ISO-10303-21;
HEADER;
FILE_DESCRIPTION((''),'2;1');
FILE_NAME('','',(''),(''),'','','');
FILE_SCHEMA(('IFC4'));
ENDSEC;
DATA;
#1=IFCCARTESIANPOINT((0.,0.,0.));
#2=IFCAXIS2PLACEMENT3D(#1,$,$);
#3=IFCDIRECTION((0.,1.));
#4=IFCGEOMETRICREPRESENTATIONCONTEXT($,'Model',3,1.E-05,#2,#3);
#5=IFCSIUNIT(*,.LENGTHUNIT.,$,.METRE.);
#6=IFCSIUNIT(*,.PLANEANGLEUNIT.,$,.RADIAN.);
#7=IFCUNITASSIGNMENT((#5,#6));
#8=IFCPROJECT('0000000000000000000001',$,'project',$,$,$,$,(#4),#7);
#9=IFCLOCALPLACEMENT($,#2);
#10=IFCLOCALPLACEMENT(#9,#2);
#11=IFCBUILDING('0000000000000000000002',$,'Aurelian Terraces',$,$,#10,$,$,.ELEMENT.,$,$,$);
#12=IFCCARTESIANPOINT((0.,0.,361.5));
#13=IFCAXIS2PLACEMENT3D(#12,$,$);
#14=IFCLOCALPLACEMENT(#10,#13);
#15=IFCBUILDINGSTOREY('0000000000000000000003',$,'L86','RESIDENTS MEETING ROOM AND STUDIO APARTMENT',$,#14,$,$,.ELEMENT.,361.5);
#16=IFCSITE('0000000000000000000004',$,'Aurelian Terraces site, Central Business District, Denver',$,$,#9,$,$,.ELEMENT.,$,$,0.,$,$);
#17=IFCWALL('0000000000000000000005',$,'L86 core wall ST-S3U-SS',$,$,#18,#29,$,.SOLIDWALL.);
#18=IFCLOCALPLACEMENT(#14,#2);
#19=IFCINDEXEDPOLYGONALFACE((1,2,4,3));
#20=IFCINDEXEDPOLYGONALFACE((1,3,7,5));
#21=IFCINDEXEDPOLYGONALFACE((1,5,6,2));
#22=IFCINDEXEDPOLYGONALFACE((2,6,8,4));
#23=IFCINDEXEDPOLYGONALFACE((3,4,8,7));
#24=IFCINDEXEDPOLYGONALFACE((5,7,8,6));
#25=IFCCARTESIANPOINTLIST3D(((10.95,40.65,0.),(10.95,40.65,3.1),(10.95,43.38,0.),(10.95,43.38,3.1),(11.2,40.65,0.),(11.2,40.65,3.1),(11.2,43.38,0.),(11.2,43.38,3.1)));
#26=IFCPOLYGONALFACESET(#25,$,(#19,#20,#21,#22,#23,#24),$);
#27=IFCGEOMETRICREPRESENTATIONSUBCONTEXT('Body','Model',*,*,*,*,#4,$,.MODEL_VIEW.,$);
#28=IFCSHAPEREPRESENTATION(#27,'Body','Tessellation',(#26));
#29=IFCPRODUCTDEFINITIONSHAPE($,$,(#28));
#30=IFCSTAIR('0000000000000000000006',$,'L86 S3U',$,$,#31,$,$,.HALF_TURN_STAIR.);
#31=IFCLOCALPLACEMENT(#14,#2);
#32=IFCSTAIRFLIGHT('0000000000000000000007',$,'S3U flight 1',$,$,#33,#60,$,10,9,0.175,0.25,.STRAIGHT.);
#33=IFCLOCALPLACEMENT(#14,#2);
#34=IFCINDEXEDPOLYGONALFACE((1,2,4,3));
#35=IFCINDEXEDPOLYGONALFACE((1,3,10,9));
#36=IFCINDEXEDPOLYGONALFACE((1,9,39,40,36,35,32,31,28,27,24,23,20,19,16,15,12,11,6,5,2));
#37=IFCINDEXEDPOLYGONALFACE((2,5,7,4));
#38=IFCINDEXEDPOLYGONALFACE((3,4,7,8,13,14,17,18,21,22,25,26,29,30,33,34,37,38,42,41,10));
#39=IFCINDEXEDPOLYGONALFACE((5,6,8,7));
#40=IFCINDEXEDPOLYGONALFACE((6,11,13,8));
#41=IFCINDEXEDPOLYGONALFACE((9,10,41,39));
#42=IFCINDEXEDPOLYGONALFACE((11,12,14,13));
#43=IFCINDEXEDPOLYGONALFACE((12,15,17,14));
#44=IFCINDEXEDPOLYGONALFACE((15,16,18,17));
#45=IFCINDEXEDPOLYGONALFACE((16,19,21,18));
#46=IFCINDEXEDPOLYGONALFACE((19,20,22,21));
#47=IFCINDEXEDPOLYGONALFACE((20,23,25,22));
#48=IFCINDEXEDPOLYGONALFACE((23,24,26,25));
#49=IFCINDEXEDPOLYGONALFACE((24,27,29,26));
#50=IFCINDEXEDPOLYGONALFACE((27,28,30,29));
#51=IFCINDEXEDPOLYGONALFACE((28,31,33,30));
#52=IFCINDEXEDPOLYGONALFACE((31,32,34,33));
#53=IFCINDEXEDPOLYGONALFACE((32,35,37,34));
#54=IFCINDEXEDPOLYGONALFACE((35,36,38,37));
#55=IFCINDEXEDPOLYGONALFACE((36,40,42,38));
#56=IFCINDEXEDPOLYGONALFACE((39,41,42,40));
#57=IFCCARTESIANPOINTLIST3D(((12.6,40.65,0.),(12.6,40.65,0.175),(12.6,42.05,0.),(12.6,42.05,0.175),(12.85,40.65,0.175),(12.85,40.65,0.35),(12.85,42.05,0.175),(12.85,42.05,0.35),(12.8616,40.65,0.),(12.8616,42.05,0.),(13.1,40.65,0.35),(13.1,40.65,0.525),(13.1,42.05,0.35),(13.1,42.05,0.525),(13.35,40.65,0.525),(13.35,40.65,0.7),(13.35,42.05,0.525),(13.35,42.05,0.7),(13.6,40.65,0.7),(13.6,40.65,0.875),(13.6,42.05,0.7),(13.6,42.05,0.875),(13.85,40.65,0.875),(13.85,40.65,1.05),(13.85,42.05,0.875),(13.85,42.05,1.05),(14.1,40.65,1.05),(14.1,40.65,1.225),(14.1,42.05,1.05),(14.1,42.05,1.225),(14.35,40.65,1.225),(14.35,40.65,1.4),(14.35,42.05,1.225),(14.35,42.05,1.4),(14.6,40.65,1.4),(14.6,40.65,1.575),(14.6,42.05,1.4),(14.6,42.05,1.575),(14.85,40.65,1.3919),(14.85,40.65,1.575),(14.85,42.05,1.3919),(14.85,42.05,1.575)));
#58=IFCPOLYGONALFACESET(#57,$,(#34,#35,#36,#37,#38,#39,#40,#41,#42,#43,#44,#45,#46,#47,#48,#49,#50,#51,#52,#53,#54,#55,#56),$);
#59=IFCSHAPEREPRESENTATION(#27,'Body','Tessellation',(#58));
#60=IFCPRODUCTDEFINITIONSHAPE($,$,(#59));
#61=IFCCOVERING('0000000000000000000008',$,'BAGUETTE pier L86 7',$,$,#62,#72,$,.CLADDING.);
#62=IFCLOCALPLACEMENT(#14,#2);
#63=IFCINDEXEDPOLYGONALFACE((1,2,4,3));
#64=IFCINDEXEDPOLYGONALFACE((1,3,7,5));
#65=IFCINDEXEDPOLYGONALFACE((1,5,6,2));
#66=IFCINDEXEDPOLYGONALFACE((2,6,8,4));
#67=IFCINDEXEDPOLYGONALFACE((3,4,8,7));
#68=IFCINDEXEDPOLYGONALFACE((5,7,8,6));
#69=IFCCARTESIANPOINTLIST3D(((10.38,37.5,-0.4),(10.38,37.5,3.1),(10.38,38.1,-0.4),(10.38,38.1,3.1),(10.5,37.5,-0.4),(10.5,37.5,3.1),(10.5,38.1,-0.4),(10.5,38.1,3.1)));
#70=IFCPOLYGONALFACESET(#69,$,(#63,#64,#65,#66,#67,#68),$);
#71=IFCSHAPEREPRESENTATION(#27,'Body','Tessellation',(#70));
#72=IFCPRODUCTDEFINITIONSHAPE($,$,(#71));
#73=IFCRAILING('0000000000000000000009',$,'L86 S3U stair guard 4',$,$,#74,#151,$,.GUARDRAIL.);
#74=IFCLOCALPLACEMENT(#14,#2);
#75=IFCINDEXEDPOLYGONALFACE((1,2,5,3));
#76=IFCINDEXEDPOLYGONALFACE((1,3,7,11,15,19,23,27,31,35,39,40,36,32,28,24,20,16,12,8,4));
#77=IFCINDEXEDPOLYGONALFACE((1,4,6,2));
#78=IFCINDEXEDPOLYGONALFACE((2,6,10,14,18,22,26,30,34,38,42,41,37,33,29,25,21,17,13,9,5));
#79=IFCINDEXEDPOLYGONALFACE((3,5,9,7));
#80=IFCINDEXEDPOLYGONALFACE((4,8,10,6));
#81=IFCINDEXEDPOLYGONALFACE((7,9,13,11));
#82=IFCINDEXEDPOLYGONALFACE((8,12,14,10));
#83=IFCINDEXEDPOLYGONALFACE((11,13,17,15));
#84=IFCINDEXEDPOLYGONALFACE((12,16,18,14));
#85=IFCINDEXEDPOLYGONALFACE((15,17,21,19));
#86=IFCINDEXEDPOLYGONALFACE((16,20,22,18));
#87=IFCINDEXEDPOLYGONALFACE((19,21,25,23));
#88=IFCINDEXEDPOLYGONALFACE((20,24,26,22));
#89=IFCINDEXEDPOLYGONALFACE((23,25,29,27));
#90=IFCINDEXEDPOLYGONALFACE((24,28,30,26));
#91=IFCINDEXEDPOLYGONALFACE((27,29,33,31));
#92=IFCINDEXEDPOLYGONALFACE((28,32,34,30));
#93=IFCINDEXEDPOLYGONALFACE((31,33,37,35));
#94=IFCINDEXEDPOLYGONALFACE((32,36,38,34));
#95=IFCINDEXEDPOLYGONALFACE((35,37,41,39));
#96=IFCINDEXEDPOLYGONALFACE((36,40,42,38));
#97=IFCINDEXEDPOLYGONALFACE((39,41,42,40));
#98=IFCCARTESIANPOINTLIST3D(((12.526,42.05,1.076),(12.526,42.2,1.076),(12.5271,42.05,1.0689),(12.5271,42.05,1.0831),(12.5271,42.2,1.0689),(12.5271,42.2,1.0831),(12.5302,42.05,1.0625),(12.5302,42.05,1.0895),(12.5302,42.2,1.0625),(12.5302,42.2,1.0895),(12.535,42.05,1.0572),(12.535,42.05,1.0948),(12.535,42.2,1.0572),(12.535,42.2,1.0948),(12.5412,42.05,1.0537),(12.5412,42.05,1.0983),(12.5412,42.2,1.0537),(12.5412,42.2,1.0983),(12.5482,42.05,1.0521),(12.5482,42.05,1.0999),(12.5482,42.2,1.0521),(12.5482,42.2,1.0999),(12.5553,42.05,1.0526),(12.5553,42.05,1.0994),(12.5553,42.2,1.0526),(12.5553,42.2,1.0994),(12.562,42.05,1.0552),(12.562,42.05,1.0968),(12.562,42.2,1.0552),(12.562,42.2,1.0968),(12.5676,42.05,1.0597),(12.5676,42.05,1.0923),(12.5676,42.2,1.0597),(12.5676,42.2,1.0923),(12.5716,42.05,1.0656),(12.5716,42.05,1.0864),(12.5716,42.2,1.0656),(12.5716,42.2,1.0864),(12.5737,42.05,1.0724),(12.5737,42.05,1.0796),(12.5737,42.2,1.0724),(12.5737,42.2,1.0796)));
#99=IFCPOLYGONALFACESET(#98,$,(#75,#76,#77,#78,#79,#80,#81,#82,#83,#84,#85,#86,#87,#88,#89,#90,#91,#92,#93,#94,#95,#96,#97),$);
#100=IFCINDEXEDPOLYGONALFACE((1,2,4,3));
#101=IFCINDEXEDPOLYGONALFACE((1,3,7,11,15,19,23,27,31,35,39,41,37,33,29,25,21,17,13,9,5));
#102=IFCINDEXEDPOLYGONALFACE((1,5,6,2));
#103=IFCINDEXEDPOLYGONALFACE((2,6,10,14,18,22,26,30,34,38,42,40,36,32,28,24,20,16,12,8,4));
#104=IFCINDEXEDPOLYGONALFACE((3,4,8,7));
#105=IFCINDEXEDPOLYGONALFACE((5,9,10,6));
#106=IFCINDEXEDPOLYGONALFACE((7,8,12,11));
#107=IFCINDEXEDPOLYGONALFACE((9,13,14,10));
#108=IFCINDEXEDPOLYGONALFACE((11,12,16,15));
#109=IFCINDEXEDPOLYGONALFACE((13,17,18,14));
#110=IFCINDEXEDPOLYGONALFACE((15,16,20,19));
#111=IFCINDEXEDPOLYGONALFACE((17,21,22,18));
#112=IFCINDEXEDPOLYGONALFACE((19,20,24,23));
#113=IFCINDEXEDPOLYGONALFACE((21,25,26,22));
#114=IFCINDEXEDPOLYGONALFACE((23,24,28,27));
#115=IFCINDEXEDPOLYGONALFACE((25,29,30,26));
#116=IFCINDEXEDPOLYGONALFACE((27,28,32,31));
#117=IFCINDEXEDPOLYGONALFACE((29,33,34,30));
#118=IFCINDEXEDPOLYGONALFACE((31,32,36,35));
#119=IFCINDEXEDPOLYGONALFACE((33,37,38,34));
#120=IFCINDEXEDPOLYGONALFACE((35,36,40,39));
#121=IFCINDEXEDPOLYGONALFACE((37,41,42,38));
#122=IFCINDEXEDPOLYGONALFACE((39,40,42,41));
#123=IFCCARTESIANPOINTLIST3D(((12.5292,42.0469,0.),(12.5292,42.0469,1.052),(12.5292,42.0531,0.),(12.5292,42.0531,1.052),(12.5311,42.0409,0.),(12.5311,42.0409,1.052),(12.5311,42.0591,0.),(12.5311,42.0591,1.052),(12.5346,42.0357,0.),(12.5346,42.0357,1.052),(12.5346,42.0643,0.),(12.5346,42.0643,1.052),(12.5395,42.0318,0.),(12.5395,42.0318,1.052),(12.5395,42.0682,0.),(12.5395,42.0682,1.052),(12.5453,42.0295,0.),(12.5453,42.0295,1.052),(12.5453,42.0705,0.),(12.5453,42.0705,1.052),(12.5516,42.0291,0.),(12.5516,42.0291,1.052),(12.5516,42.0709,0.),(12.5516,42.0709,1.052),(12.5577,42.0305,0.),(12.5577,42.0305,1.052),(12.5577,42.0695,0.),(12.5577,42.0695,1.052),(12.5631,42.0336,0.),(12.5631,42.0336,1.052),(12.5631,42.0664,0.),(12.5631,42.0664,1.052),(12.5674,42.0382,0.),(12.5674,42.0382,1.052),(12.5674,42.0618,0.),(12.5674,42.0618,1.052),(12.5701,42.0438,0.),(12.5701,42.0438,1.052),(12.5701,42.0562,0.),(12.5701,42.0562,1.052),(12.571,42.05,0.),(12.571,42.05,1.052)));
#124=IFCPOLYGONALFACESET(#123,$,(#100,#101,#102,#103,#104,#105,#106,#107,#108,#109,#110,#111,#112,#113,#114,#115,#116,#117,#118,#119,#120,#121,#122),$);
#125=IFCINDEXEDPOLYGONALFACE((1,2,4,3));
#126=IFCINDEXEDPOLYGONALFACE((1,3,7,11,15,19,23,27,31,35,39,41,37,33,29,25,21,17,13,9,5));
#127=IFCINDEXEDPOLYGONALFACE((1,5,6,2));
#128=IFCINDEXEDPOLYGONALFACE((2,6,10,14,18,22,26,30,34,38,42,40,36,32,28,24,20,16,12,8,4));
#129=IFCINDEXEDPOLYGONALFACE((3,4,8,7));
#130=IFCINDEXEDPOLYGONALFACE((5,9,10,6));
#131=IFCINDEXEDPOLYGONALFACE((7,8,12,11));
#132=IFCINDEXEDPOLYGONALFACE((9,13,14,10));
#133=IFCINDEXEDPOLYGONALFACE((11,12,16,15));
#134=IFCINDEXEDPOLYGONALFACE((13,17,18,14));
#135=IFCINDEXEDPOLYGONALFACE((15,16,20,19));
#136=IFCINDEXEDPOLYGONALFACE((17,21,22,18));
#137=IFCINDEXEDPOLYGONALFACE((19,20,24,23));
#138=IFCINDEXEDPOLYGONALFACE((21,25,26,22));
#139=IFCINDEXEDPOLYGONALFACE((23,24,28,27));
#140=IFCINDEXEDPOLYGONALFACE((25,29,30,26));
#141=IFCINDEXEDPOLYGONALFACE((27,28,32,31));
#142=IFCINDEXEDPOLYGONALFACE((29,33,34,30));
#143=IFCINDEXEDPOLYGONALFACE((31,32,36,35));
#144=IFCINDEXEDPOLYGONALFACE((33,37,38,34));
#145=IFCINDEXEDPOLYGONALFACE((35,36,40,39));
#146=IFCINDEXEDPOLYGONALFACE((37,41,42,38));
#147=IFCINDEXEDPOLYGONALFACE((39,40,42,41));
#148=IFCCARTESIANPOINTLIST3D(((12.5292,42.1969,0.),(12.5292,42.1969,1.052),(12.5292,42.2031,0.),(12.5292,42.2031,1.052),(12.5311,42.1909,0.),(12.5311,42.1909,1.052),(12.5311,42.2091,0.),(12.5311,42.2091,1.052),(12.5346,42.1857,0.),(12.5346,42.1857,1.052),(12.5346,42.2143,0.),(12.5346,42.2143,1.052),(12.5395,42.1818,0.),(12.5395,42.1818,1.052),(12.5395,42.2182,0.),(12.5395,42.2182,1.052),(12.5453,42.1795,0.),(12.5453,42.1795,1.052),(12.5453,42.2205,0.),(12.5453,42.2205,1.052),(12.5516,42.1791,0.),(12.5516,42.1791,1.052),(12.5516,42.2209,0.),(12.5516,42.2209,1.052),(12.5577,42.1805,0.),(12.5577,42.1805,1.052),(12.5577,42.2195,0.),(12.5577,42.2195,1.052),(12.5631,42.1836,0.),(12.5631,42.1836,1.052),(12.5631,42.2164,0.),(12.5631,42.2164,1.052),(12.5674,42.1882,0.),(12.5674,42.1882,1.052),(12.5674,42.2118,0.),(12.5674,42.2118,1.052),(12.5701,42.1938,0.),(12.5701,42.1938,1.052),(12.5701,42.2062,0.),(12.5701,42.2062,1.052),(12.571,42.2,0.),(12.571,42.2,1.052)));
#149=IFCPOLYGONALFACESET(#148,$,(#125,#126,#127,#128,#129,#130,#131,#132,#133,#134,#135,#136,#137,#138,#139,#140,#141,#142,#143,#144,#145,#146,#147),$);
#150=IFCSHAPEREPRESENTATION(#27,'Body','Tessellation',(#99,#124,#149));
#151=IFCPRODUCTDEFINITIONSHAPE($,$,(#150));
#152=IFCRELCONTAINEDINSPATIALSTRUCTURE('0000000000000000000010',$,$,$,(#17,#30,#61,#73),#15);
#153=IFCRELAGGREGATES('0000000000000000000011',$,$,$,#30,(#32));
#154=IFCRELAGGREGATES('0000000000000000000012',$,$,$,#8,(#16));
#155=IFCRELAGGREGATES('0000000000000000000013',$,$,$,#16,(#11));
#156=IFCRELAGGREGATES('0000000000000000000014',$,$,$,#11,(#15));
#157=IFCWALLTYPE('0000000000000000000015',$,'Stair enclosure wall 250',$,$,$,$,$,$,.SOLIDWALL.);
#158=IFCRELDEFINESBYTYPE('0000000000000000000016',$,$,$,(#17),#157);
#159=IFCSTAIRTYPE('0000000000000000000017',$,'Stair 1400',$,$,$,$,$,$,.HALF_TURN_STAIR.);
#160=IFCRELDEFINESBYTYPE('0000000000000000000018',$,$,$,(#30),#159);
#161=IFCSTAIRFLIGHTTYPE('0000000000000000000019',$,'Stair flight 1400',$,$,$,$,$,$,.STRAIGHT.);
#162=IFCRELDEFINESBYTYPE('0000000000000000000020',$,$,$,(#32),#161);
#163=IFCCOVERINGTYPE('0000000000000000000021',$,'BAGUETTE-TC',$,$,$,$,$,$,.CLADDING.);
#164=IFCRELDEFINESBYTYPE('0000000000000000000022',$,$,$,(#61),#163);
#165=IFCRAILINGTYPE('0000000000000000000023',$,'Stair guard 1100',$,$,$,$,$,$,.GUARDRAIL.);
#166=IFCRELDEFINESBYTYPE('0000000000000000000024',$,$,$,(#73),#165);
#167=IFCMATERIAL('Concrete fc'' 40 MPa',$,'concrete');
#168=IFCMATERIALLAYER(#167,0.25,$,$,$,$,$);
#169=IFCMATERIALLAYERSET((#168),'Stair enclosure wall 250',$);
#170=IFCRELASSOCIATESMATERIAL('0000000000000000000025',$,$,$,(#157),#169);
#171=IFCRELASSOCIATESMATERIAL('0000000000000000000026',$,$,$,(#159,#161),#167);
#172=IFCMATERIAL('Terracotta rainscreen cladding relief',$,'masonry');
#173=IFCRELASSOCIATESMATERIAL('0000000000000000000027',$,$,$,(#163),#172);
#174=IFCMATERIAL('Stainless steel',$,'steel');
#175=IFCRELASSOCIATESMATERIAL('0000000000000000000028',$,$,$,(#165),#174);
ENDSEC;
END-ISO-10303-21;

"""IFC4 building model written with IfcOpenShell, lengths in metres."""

from ifc_helpers import new_model, si_unit, direction, frame, frame_2d, origin, origin_2d, place, context, subcontext, project, spatial, polyline, rectangle, circle, outline, extrude, source, transform, mapped, material, layer, layer_set, type_object, element, aggregate, save


model = new_model("IFC4")

# Units and contexts
model_context = context("Model", 3, precision=1e-05, world=origin(), true_north=direction((0.0, 1.0)))
body_context = subcontext(model_context, "Body", "Model", "MODEL_VIEW")
ifc_project = project(units=[si_unit("LENGTHUNIT", "METRE"), si_unit("PLANEANGLEUNIT", "RADIAN")], contexts=[model_context])

# Site, building, storey
site_placement = place(None, origin())
site = spatial("IfcSite", under=ifc_project, at=site_placement, Name="Aurelian Terraces site, Central Business District, Denver", CompositionType="ELEMENT", RefElevation=0.0)
building_placement = place(site_placement, origin())
building = spatial("IfcBuilding", under=site, at=building_placement, Name="Aurelian Terraces", CompositionType="ELEMENT")
storey_placement = place(building_placement, frame((0.0, 0.0, 361.5)))
storey = spatial("IfcBuildingStorey", under=building, at=storey_placement, Name="L86", Description="RESIDENTS MEETING ROOM AND STUDIO APARTMENT", CompositionType="ELEMENT", Elevation=361.5)

# Shared definitions
ifc_material_1 = material(Name="Concrete fc' 40 MPa", Category="concrete")

# Shared definitions
ifc_layer_1 = layer(ifc_material_1, 0.25)
ifc_layer_set_1 = layer_set([ifc_layer_1], Name="Stair enclosure wall 250")
wall_type_1 = type_object("IfcWallType", Name="Stair enclosure wall 250", PredefinedType="SOLIDWALL", material=ifc_layer_set_1)

# Wall
shared_shape_1 = source(origin(), body_context, "Body", "SweptSolid", [
    extrude(rectangle(XDim=2.73, YDim=0.25, at=frame_2d((1.365, 0.0))), origin(), (0.0, 0.0, 1.0), 3.1),
])
wall_1_placement = place(storey_placement, frame((11.075, 40.65, 0.0), z_axis=(0.0, 0.0, 1.0), x_axis=(0.0, 1.0, 0.0)))
element("IfcWall", 1, at=wall_1_placement, inside=storey, type_object=wall_type_1, Name="L86 core wall ST-S3U-SS", PredefinedType="SOLIDWALL", context=body_context, shape_type="MappedRepresentation", body=[
    mapped(shared_shape_1, transform((0.0, 0.0, 0.0), scale=1.0)),
])

# Stair, stair flight
stair_type = type_object("IfcStairType", Name="Stair 1400", PredefinedType="HALF_TURN_STAIR", material=ifc_material_1)
stair_placement = place(storey_placement, origin())
stair = element("IfcStair", 2, at=stair_placement, inside=storey, type_object=stair_type, Name="L86 S3U", PredefinedType="HALF_TURN_STAIR")
stair_flight_type = type_object("IfcStairFlightType", Name="Stair flight 1400", PredefinedType="STRAIGHT", material=ifc_material_1)
shared_shape_2 = source(origin(), body_context, "Body", "SweptSolid", [
    extrude(outline(polyline([(0.0, 0.0), (0.0, 0.175), (0.25, 0.175), (0.25, 0.35), (0.5, 0.35), (0.5, 0.525), (0.75, 0.525), (0.75, 0.7), (1.0, 0.7), (1.0, 0.875), (1.25, 0.875), (1.25, 1.05), (1.5, 1.05), (1.5, 1.225), (1.75, 1.225), (1.75, 1.4), (2.0, 1.4), (2.0, 1.575), (2.25, 1.575), (2.25, 1.75), (2.25, 1.3919), (0.2616, 0.0), (0.0, 0.0)])), frame((0.0, 0.7, 0.0), z_axis=(0.0, -1.0, 0.0), x_axis=(1.0, 0.0, 0.0)), (0.0, 0.0, 1.0), 1.4),
])
stair_flight_placement = place(storey_placement, frame((12.6, 41.35, 0.0), z_axis=(0.0, 0.0, 1.0), x_axis=(1.0, 0.0, 0.0)))
stair_flight = element("IfcStairFlight", 3, at=stair_flight_placement, type_object=stair_flight_type, Name="S3U flight 1", NumberOfRisers=10, NumberOfTreads=9, PredefinedType="STRAIGHT", RiserHeight=0.175, TreadLength=0.25, context=body_context, shape_type="MappedRepresentation", body=[
    mapped(shared_shape_2, transform((0.0, 0.0, 0.0), scale=1.0)),
])
aggregate(stair, [stair_flight])

# Covering
ifc_material_2 = material(Name="Terracotta rainscreen cladding relief", Category="masonry")
covering_type = type_object("IfcCoveringType", Name="BAGUETTE-TC", PredefinedType="CLADDING", material=ifc_material_2)
shared_shape_3 = source(origin(), body_context, "Body", "SweptSolid", [
    extrude(rectangle(XDim=0.12, YDim=0.6, at=origin_2d()), origin(), (0.0, 0.0, 1.0), 3.5),
])
covering_placement = place(storey_placement, frame((10.44, 37.8, -0.4), z_axis=(0.0, 0.0, 1.0), x_axis=(1.0, 0.0, 0.0)))
element("IfcCovering", 4, at=covering_placement, inside=storey, type_object=covering_type, Name="BAGUETTE pier L86 7", PredefinedType="CLADDING", context=body_context, shape_type="MappedRepresentation", body=[
    mapped(shared_shape_3, transform((0.0, 0.0, 0.0), scale=1.0)),
])

# Railing
ifc_material_3 = material(Name="Stainless steel", Category="steel")
railing_type_1 = type_object("IfcRailingType", Name="Stair guard 1100", PredefinedType="GUARDRAIL", material=ifc_material_3)
shared_shape_4 = source(origin(), body_context, "Body", "SweptSolid", [
    extrude(circle(Radius=0.024, at=origin_2d()), frame((0.0, 0.0, 1.076), z_axis=(0.0, 1.0, 0.0), x_axis=(-1.0, 0.0, 0.0)), (0.0, 0.0, 1.0), 0.15),
    extrude(circle(Radius=0.021, at=origin_2d()), origin(), (0.0, 0.0, 1.0), 1.052),
    extrude(circle(Radius=0.021, at=origin_2d()), frame((0.0, 0.15, 0.0)), (0.0, 0.0, 1.0), 1.052),
])
railing_1_placement = place(storey_placement, frame((12.55, 42.05, 0.0)))
element("IfcRailing", 5, at=railing_1_placement, inside=storey, type_object=railing_type_1, Name="L86 S3U stair guard 4", PredefinedType="GUARDRAIL", context=body_context, shape_type="MappedRepresentation", body=[
    mapped(shared_shape_4, transform((0.0, 0.0, 0.0), scale=1.0)),
])

save(model, "model.ifc")
